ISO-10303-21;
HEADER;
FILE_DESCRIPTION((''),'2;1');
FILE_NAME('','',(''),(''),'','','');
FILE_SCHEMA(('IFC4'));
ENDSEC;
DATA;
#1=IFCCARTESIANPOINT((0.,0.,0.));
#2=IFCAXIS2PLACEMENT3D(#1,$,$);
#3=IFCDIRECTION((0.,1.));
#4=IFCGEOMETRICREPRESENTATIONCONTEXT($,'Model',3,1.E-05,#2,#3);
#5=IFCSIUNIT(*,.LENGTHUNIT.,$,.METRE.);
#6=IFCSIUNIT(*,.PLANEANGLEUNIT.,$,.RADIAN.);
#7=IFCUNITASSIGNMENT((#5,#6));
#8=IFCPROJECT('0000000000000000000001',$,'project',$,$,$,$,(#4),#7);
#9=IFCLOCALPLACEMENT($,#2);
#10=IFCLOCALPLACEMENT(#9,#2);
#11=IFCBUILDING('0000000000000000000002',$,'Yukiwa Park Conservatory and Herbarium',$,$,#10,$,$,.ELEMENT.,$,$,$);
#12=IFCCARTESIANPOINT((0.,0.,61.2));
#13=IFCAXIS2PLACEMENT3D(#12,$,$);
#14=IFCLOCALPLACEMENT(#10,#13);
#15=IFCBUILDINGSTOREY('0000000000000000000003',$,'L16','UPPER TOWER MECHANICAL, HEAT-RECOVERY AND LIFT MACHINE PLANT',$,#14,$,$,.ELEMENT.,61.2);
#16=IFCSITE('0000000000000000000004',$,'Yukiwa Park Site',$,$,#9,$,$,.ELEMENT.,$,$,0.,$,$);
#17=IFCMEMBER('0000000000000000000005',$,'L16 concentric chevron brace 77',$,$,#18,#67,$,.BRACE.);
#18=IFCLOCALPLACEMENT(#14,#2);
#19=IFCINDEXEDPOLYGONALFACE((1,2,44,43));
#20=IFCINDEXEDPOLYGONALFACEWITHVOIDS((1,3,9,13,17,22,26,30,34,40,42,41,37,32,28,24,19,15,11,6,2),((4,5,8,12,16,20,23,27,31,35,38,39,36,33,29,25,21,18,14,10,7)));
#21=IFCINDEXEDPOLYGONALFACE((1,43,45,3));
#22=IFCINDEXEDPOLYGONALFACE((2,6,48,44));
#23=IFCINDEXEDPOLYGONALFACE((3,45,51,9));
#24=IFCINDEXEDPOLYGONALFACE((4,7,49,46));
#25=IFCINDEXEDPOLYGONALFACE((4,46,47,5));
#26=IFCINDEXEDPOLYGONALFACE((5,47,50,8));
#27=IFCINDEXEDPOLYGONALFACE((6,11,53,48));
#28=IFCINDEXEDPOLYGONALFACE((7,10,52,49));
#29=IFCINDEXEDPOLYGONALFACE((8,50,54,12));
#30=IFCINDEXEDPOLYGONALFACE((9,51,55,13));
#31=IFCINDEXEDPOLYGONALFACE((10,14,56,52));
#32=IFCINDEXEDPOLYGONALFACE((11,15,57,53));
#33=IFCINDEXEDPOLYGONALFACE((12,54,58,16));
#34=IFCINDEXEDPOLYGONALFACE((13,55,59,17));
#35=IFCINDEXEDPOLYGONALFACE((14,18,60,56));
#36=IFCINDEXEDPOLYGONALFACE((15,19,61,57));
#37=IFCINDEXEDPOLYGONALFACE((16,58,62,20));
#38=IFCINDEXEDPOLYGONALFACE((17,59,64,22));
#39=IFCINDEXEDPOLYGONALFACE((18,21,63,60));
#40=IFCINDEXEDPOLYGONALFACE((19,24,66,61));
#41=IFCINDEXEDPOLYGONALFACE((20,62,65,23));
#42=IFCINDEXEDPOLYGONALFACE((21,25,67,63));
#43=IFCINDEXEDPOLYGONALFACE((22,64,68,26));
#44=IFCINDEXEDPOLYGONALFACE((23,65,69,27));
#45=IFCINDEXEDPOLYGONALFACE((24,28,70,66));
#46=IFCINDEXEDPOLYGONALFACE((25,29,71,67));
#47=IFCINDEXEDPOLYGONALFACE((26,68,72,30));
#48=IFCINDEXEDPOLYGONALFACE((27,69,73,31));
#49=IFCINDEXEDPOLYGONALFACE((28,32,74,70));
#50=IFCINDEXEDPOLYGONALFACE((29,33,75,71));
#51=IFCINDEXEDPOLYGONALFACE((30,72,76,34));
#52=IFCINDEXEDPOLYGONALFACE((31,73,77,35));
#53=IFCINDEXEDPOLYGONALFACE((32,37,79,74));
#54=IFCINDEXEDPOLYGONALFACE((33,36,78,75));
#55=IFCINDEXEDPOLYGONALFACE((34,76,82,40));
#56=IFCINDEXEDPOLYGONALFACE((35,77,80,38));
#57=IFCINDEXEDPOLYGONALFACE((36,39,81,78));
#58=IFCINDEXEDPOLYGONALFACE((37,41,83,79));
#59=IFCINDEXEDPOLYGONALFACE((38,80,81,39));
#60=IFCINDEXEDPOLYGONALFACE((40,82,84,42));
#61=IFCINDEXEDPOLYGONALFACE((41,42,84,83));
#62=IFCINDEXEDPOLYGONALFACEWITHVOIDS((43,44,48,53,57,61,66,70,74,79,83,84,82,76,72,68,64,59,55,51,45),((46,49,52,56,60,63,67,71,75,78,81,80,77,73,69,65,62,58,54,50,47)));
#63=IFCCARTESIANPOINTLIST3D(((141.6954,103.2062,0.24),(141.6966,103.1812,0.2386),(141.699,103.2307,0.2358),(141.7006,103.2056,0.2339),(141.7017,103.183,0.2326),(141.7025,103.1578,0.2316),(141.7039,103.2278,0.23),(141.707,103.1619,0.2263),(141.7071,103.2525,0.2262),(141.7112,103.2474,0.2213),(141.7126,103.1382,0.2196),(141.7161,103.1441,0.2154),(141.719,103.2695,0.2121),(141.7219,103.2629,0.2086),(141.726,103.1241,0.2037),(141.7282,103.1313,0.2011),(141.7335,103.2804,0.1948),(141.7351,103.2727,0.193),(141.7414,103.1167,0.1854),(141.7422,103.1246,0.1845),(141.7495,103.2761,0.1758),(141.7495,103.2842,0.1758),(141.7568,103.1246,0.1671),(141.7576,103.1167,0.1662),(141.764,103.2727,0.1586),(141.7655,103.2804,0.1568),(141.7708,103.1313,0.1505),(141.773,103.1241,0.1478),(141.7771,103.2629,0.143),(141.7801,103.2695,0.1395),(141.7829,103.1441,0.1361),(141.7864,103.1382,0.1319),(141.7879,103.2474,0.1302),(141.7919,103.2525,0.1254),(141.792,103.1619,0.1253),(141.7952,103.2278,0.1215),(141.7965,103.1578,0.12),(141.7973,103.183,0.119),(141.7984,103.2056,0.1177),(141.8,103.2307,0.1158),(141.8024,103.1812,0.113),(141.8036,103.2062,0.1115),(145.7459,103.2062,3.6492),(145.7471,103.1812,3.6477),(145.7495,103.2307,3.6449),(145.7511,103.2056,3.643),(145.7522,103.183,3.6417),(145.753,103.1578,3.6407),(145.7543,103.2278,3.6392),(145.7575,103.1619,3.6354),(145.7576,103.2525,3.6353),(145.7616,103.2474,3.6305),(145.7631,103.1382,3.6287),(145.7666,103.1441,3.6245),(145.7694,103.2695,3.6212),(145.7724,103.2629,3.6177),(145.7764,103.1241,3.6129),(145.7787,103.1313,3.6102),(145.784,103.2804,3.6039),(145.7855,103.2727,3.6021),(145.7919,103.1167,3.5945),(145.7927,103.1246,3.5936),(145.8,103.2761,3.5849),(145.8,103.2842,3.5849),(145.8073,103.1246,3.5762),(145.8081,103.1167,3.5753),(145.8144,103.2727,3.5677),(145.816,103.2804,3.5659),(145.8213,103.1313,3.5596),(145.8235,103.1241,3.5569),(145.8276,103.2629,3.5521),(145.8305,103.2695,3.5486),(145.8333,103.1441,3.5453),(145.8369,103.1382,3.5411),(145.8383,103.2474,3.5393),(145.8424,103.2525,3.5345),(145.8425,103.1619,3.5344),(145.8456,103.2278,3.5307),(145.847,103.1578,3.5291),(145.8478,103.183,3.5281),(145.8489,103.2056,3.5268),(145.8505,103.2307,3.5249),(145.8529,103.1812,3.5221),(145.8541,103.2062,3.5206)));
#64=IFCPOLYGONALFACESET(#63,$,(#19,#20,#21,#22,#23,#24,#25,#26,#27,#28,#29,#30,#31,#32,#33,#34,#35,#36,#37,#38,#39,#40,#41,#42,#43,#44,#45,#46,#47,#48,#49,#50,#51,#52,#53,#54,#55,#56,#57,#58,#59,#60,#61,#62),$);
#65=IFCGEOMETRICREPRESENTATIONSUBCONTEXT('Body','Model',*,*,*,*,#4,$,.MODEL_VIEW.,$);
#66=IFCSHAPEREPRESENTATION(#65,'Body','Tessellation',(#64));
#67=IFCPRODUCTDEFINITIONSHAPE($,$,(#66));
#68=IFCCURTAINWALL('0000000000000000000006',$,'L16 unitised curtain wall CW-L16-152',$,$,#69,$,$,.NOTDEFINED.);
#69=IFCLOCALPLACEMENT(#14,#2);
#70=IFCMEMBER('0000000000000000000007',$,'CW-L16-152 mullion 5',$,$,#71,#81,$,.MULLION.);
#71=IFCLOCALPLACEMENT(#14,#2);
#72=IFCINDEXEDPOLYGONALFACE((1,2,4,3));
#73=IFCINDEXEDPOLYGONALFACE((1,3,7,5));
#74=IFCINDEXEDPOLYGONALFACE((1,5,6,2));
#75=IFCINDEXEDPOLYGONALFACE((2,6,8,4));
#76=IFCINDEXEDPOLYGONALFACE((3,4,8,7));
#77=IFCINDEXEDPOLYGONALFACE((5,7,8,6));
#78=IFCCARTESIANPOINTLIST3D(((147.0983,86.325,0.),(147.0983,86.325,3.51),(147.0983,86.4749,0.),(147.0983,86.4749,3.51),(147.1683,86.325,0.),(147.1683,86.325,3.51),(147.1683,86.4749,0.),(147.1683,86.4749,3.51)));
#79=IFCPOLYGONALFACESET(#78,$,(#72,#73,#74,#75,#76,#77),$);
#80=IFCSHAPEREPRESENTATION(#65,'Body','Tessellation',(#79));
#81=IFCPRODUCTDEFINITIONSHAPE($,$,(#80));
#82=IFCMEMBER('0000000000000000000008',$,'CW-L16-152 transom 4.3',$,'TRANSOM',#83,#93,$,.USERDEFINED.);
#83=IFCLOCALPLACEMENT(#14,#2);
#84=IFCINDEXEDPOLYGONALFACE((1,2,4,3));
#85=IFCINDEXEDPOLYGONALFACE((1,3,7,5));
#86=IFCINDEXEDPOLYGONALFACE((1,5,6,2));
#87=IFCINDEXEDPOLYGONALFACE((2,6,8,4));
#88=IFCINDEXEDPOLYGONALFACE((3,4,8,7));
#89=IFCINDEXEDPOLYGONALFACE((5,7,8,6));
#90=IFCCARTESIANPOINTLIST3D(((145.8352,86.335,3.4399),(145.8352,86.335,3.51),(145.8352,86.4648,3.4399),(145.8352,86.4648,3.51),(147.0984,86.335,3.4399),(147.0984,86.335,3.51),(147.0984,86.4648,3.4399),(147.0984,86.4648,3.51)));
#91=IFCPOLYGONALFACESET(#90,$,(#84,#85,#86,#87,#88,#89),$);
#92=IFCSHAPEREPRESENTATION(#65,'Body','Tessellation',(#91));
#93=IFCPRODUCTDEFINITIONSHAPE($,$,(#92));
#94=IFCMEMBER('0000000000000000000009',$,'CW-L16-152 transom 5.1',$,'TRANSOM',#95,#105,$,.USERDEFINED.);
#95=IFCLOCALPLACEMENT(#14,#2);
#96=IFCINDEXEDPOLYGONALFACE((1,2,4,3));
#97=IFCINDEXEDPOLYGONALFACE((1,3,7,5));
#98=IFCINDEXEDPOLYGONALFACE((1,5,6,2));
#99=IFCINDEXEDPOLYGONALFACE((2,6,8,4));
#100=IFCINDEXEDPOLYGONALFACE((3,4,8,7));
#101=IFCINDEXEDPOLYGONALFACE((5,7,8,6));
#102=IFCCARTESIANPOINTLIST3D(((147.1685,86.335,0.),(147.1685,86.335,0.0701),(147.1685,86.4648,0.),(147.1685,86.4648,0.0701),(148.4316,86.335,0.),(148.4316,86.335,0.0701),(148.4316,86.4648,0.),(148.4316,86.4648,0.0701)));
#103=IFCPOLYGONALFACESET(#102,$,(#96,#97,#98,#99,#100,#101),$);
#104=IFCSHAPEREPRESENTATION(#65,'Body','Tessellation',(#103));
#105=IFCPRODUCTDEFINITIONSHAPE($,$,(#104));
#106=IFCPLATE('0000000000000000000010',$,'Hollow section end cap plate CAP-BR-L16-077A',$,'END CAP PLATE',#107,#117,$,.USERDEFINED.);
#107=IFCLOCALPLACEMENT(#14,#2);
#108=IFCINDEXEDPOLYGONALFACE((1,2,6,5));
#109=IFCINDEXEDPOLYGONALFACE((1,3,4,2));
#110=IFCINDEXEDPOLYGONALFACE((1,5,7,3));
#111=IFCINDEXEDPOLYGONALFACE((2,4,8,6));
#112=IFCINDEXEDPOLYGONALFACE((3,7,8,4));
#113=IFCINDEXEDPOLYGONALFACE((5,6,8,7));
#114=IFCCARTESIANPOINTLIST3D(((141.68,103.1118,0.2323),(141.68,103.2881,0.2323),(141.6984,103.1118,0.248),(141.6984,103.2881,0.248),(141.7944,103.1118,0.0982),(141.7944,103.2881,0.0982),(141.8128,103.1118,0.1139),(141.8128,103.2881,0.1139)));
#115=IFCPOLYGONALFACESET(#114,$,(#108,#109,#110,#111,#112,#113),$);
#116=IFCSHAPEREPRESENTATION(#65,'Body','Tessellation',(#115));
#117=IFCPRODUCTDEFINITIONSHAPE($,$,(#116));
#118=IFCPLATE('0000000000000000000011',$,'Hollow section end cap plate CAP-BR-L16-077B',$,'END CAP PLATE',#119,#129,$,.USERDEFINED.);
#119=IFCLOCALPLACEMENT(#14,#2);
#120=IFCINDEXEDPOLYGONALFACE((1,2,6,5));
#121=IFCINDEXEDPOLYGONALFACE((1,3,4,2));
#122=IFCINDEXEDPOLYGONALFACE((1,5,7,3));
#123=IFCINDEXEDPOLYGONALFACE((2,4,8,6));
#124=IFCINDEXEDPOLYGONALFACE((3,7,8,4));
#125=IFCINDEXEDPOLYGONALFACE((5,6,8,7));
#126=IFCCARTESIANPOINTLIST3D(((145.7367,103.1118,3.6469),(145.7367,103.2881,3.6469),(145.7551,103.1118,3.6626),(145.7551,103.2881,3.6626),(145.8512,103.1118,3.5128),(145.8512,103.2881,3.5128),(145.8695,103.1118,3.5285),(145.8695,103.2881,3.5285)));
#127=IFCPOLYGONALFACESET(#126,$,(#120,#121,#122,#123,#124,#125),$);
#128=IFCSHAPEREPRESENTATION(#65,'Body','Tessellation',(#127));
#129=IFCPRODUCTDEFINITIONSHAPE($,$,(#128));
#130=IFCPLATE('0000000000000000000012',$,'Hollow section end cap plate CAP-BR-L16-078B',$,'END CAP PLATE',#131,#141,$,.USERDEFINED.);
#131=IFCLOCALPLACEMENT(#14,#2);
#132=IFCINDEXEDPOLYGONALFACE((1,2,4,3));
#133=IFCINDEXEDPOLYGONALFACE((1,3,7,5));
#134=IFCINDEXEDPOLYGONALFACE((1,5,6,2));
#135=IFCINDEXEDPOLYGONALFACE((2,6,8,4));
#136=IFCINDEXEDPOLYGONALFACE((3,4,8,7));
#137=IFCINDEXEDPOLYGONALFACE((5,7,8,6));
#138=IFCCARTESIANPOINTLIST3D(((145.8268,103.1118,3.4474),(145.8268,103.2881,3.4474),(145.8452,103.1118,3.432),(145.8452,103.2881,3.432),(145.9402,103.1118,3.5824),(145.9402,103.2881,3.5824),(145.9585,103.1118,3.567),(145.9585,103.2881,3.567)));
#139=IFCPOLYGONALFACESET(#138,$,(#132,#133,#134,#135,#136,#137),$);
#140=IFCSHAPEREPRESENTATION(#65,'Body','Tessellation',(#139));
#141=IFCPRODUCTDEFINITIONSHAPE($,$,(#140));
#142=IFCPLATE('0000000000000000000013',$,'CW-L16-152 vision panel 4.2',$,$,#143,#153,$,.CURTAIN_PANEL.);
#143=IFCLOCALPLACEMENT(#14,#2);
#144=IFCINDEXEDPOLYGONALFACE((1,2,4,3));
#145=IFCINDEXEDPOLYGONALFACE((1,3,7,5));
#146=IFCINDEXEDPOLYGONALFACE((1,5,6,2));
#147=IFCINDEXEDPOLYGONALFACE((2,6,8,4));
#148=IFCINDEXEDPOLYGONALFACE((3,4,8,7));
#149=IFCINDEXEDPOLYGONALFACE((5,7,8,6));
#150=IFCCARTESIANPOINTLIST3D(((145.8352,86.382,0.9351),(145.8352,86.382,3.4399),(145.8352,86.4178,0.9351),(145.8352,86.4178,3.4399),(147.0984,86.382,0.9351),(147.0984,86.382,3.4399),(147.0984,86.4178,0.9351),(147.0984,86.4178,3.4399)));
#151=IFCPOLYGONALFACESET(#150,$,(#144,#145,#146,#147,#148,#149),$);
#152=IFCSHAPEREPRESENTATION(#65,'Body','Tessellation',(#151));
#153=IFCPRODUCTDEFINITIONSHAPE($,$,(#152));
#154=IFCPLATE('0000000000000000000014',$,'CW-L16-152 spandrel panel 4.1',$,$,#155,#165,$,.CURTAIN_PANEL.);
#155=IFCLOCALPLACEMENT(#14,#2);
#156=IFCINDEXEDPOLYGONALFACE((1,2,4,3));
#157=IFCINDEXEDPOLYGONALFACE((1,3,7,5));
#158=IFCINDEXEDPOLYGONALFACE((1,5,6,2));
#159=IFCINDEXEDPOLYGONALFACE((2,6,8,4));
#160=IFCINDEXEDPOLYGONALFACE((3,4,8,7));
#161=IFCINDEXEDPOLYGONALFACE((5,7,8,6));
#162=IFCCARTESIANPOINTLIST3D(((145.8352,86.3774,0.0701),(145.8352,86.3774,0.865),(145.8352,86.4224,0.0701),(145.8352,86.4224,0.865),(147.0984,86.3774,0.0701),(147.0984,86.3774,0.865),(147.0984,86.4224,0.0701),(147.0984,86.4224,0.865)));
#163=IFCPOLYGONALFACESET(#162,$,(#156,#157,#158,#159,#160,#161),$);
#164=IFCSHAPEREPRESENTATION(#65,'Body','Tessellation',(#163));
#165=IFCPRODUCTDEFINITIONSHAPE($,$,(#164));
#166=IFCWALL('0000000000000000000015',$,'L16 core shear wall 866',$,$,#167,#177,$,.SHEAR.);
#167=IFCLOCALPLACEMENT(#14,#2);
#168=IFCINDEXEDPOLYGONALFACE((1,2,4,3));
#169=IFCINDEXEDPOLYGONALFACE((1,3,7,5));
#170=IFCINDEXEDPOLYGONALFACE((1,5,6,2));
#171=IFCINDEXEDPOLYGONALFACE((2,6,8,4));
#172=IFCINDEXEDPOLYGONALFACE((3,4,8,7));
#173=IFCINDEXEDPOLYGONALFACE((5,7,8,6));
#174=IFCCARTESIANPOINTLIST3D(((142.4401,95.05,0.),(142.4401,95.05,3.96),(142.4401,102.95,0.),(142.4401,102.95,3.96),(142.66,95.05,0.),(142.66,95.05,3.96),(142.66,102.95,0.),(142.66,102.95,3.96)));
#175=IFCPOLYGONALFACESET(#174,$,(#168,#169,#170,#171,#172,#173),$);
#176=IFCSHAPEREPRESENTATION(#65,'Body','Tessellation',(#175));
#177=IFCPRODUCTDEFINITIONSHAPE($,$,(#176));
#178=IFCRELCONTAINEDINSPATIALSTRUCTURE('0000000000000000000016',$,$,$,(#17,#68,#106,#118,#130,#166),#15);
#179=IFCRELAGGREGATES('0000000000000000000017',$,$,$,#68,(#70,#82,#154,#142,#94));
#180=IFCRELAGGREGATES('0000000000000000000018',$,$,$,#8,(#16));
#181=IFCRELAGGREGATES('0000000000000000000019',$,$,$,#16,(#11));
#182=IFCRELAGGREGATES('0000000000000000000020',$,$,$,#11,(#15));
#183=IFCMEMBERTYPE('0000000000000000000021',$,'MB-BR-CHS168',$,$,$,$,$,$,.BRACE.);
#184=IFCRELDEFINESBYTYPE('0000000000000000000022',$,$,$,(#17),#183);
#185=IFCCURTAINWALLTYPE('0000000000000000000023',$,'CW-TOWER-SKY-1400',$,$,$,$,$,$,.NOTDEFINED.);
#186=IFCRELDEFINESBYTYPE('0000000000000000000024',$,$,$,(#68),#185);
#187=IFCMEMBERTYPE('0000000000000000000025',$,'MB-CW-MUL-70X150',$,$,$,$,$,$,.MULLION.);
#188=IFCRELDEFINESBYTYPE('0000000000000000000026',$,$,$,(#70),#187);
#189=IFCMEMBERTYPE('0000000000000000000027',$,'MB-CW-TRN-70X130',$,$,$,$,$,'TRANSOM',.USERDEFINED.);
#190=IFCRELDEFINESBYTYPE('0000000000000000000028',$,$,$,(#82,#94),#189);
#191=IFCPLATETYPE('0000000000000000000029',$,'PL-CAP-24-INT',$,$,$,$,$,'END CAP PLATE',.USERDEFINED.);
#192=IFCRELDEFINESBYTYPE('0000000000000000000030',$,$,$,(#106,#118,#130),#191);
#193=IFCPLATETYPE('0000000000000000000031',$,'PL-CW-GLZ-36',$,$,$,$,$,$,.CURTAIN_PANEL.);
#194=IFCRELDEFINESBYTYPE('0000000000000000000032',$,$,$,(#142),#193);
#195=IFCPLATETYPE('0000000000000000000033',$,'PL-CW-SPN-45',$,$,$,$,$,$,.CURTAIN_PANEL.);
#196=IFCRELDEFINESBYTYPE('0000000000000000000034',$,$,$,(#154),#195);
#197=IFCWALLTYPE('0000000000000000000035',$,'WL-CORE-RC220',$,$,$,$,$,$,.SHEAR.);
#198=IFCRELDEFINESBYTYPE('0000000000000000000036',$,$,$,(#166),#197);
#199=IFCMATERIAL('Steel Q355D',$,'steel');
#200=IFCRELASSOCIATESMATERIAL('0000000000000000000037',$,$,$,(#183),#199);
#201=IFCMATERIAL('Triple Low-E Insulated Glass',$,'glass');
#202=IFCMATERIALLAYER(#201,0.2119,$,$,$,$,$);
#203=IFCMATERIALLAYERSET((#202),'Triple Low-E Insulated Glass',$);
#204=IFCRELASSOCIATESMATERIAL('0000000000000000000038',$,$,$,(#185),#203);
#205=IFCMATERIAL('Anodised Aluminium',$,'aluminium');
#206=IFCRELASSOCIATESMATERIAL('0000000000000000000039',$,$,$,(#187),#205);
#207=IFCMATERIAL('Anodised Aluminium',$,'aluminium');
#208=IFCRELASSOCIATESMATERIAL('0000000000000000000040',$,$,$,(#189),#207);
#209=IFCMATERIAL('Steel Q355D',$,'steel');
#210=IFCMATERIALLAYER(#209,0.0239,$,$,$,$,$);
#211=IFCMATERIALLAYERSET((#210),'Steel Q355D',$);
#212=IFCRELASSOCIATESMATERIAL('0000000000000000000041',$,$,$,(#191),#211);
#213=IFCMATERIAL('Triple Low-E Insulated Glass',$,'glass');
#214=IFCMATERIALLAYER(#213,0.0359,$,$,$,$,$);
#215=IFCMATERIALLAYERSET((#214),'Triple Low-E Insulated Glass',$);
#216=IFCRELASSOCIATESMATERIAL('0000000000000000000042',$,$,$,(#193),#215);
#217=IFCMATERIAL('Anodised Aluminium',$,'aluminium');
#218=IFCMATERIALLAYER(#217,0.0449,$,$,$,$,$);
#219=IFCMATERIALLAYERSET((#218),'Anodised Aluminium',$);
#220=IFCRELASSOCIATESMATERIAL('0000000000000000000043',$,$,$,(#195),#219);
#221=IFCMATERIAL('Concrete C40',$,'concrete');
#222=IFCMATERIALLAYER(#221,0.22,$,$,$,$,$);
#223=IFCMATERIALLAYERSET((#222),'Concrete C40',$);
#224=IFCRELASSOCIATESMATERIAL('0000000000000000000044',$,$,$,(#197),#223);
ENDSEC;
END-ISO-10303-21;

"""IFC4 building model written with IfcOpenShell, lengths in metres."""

from ifc_helpers import new_model, si_unit, direction, frame, frame_2d, origin, origin_2d, place, context, subcontext, project, spatial, rectangle, hollow_circle, extrude, material, layer, layer_set, material_profile, profile_set, type_object, element, aggregate, save


model = new_model("IFC4")

# Units and contexts
model_context = context("Model", 3, precision=1e-05, world=origin(), true_north=direction((0.0, 1.0)))
body_context = subcontext(model_context, "Body", "Model", "MODEL_VIEW")
ifc_project = project(units=[si_unit("LENGTHUNIT", "METRE"), si_unit("PLANEANGLEUNIT", "RADIAN")], contexts=[model_context])

# Site, building, storey
site_placement = place(None, origin())
site = spatial("IfcSite", under=ifc_project, at=site_placement, Name="Yukiwa Park Site", CompositionType="ELEMENT", RefElevation=0.0)
building_placement = place(site_placement, origin())
building = spatial("IfcBuilding", under=site, at=building_placement, Name="Yukiwa Park Conservatory and Herbarium", CompositionType="ELEMENT")
storey_placement = place(building_placement, frame((0.0, 0.0, 61.2)))
storey = spatial("IfcBuildingStorey", under=building, at=storey_placement, Name="L16", Description="UPPER TOWER MECHANICAL, HEAT-RECOVERY AND LIFT MACHINE PLANT", CompositionType="ELEMENT", Elevation=61.2)

# Member
ifc_material_1 = material(Name="Steel Q355D", Category="steel")
ifc_material_profile_1 = material_profile(ifc_material_1, hollow_circle(Radius=0.0842, WallThickness=0.0081, at=origin_2d()), Name="CHS 168.3x8")
ifc_profile_set_1 = profile_set([ifc_material_profile_1], Name="Steel Q355D")
member_type_1 = type_object("IfcMemberType", Name="MB-BR-CHS168", PredefinedType="BRACE", material=ifc_profile_set_1)
member_1_placement = place(storey_placement, frame((141.7495, 103.2, 0.1758), z_axis=(0.765079, 0.0, 0.643937), x_axis=(0.0, 1.0, 0.0)))
element("IfcMember", 1, at=member_1_placement, inside=storey, type_object=member_type_1, Name="L16 concentric chevron brace 77", PredefinedType="BRACE", context=body_context, shape_type="SweptSolid", body=[
    extrude(hollow_circle(Radius=0.0842, WallThickness=0.0081, at=origin_2d()), origin(), (0.0, 0.0, 1.0), 5.2942),
])

# Curtain wall, members
ifc_material_2 = material(Name="Triple Low-E Insulated Glass", Category="glass")
ifc_layer_1 = layer(ifc_material_2, 0.2119)
ifc_layer_set_1 = layer_set([ifc_layer_1], Name="Triple Low-E Insulated Glass")
curtain_wall_type = type_object("IfcCurtainWallType", Name="CW-TOWER-SKY-1400", PredefinedType="NOTDEFINED", material=ifc_layer_set_1)
curtain_wall_placement = place(storey_placement, origin())
curtain_wall = element("IfcCurtainWall", 2, at=curtain_wall_placement, inside=storey, type_object=curtain_wall_type, Name="L16 unitised curtain wall CW-L16-152", PredefinedType="NOTDEFINED")
ifc_material_3 = material(Name="Anodised Aluminium", Category="aluminium")
member_type_2 = type_object("IfcMemberType", Name="MB-CW-MUL-70X150", PredefinedType="MULLION", material=ifc_material_3)
member_2_placement = place(storey_placement, frame((147.1333, 86.3999, 0.0), z_axis=(0.0, 0.0, 1.0), x_axis=(1.0, 0.0, 0.0)))
member_2 = element("IfcMember", 3, at=member_2_placement, type_object=member_type_2, Name="CW-L16-152 mullion 5", PredefinedType="MULLION", context=body_context, shape_type="SweptSolid", body=[
    extrude(rectangle(XDim=0.0701, YDim=0.1499, at=origin_2d()), origin(), (0.0, 0.0, 1.0), 3.51),
])
ifc_material_4 = material(Name="Anodised Aluminium", Category="aluminium")
member_type_3 = type_object("IfcMemberType", Name="MB-CW-TRN-70X130", ElementType="TRANSOM", PredefinedType="USERDEFINED", material=ifc_material_4)
member_3_placement = place(storey_placement, frame((146.4668, 86.3999, 3.4399), z_axis=(0.0, 0.0, 1.0), x_axis=(1.0, 0.0, 0.0)))
member_3 = element("IfcMember", 4, at=member_3_placement, type_object=member_type_3, Name="CW-L16-152 transom 4.3", ObjectType="TRANSOM", PredefinedType="USERDEFINED", context=body_context, shape_type="SweptSolid", body=[
    extrude(rectangle(XDim=1.2632, YDim=0.1299, at=origin_2d()), origin(), (0.0, 0.0, 1.0), 0.0701),
])
member_4_placement = place(storey_placement, frame((147.8, 86.3999, 0.0), z_axis=(0.0, 0.0, 1.0), x_axis=(1.0, 0.0, 0.0)))
member_4 = element("IfcMember", 5, at=member_4_placement, type_object=member_type_3, Name="CW-L16-152 transom 5.1", ObjectType="TRANSOM", PredefinedType="USERDEFINED", context=body_context, shape_type="SweptSolid", body=[
    extrude(rectangle(XDim=1.2632, YDim=0.1299, at=origin_2d()), origin(), (0.0, 0.0, 1.0), 0.0701),
])

# Plates
ifc_material_5 = material(Name="Steel Q355D", Category="steel")
ifc_layer_2 = layer(ifc_material_5, 0.0239)
ifc_layer_set_2 = layer_set([ifc_layer_2], Name="Steel Q355D")
plate_type_1 = type_object("IfcPlateType", Name="PL-CAP-24-INT", ElementType="END CAP PLATE", PredefinedType="USERDEFINED", material=ifc_layer_set_2)
for number, where, z_axis, x_axis, name in (
    (6, (141.7556, 103.2, 0.1809), (-0.760687, 0.0, -0.649119), (0.0, -1.0, 0.0), "Hollow section end cap plate CAP-BR-L16-077A"),
    (7, (145.7939, 103.2, 3.5798), (0.760687, 0.0, 0.649119), (0.0, 1.0, 0.0), "Hollow section end cap plate CAP-BR-L16-077B"),
):
    element("IfcPlate", number, at=place(storey_placement, frame(where, z_axis=z_axis, x_axis=x_axis)), inside=storey, type_object=plate_type_1, Name=name, ObjectType="END CAP PLATE", PredefinedType="USERDEFINED", context=body_context, shape_type="SweptSolid", body=[
        extrude(rectangle(XDim=0.1763, YDim=0.1763, at=origin_2d()), origin(), (0.0, 0.0, 1.0), 0.0242),
    ])
plate_1_placement = place(storey_placement, frame((145.9019, 103.2, 3.4995), z_axis=(-0.765705, 0.0, 0.643192), x_axis=(0.0, -1.0, 0.0)))
element("IfcPlate", 8, at=plate_1_placement, inside=storey, type_object=plate_type_1, Name="Hollow section end cap plate CAP-BR-L16-078B", ObjectType="END CAP PLATE", PredefinedType="USERDEFINED", context=body_context, shape_type="SweptSolid", body=[
    extrude(rectangle(XDim=0.1763, YDim=0.1763, at=origin_2d()), origin(), (0.0, 0.0, 1.0), 0.0239),
])

# Plates
ifc_material_6 = material(Name="Triple Low-E Insulated Glass", Category="glass")
ifc_layer_3 = layer(ifc_material_6, 0.0359)
ifc_layer_set_3 = layer_set([ifc_layer_3], Name="Triple Low-E Insulated Glass")
plate_type_2 = type_object("IfcPlateType", Name="PL-CW-GLZ-36", PredefinedType="CURTAIN_PANEL", material=ifc_layer_set_3)
plate_2_placement = place(storey_placement, frame((146.4668, 86.3999, 0.9351), z_axis=(0.0, 0.0, 1.0), x_axis=(1.0, 0.0, 0.0)))
plate_2 = element("IfcPlate", 9, at=plate_2_placement, type_object=plate_type_2, Name="CW-L16-152 vision panel 4.2", PredefinedType="CURTAIN_PANEL", context=body_context, shape_type="SweptSolid", body=[
    extrude(rectangle(XDim=1.2632, YDim=0.0359, at=origin_2d()), origin(), (0.0, 0.0, 1.0), 2.5049),
])
ifc_material_7 = material(Name="Anodised Aluminium", Category="aluminium")
ifc_layer_4 = layer(ifc_material_7, 0.0449)
ifc_layer_set_4 = layer_set([ifc_layer_4], Name="Anodised Aluminium")
plate_type_3 = type_object("IfcPlateType", Name="PL-CW-SPN-45", PredefinedType="CURTAIN_PANEL", material=ifc_layer_set_4)
plate_3_placement = place(storey_placement, frame((146.4668, 86.3999, 0.0701), z_axis=(0.0, 0.0, 1.0), x_axis=(1.0, 0.0, 0.0)))
plate_3 = element("IfcPlate", 10, at=plate_3_placement, type_object=plate_type_3, Name="CW-L16-152 spandrel panel 4.1", PredefinedType="CURTAIN_PANEL", context=body_context, shape_type="SweptSolid", body=[
    extrude(rectangle(XDim=1.2632, YDim=0.0449, at=origin_2d()), origin(), (0.0, 0.0, 1.0), 0.7949),
])
aggregate(curtain_wall, [member_2, member_3, plate_3, plate_2, member_4])

# Wall
ifc_material_8 = material(Name="Concrete C40", Category="concrete")
ifc_layer_5 = layer(ifc_material_8, 0.22)
ifc_layer_set_5 = layer_set([ifc_layer_5], Name="Concrete C40")
wall_type_1 = type_object("IfcWallType", Name="WL-CORE-RC220", PredefinedType="SHEAR", material=ifc_layer_set_5)
wall_1_placement = place(storey_placement, frame((142.55, 95.05, 0.0), z_axis=(0.0, 0.0, 1.0), x_axis=(0.0, 1.0, 0.0)))
element("IfcWall", 11, at=wall_1_placement, inside=storey, type_object=wall_type_1, Name="L16 core shear wall 866", PredefinedType="SHEAR", context=body_context, shape_type="SweptSolid", body=[
    extrude(rectangle(XDim=7.8999, YDim=0.22, at=frame_2d((3.95, 0.0))), origin(), (0.0, 0.0, 1.0), 3.96),
])

save(model, "model.ifc")
